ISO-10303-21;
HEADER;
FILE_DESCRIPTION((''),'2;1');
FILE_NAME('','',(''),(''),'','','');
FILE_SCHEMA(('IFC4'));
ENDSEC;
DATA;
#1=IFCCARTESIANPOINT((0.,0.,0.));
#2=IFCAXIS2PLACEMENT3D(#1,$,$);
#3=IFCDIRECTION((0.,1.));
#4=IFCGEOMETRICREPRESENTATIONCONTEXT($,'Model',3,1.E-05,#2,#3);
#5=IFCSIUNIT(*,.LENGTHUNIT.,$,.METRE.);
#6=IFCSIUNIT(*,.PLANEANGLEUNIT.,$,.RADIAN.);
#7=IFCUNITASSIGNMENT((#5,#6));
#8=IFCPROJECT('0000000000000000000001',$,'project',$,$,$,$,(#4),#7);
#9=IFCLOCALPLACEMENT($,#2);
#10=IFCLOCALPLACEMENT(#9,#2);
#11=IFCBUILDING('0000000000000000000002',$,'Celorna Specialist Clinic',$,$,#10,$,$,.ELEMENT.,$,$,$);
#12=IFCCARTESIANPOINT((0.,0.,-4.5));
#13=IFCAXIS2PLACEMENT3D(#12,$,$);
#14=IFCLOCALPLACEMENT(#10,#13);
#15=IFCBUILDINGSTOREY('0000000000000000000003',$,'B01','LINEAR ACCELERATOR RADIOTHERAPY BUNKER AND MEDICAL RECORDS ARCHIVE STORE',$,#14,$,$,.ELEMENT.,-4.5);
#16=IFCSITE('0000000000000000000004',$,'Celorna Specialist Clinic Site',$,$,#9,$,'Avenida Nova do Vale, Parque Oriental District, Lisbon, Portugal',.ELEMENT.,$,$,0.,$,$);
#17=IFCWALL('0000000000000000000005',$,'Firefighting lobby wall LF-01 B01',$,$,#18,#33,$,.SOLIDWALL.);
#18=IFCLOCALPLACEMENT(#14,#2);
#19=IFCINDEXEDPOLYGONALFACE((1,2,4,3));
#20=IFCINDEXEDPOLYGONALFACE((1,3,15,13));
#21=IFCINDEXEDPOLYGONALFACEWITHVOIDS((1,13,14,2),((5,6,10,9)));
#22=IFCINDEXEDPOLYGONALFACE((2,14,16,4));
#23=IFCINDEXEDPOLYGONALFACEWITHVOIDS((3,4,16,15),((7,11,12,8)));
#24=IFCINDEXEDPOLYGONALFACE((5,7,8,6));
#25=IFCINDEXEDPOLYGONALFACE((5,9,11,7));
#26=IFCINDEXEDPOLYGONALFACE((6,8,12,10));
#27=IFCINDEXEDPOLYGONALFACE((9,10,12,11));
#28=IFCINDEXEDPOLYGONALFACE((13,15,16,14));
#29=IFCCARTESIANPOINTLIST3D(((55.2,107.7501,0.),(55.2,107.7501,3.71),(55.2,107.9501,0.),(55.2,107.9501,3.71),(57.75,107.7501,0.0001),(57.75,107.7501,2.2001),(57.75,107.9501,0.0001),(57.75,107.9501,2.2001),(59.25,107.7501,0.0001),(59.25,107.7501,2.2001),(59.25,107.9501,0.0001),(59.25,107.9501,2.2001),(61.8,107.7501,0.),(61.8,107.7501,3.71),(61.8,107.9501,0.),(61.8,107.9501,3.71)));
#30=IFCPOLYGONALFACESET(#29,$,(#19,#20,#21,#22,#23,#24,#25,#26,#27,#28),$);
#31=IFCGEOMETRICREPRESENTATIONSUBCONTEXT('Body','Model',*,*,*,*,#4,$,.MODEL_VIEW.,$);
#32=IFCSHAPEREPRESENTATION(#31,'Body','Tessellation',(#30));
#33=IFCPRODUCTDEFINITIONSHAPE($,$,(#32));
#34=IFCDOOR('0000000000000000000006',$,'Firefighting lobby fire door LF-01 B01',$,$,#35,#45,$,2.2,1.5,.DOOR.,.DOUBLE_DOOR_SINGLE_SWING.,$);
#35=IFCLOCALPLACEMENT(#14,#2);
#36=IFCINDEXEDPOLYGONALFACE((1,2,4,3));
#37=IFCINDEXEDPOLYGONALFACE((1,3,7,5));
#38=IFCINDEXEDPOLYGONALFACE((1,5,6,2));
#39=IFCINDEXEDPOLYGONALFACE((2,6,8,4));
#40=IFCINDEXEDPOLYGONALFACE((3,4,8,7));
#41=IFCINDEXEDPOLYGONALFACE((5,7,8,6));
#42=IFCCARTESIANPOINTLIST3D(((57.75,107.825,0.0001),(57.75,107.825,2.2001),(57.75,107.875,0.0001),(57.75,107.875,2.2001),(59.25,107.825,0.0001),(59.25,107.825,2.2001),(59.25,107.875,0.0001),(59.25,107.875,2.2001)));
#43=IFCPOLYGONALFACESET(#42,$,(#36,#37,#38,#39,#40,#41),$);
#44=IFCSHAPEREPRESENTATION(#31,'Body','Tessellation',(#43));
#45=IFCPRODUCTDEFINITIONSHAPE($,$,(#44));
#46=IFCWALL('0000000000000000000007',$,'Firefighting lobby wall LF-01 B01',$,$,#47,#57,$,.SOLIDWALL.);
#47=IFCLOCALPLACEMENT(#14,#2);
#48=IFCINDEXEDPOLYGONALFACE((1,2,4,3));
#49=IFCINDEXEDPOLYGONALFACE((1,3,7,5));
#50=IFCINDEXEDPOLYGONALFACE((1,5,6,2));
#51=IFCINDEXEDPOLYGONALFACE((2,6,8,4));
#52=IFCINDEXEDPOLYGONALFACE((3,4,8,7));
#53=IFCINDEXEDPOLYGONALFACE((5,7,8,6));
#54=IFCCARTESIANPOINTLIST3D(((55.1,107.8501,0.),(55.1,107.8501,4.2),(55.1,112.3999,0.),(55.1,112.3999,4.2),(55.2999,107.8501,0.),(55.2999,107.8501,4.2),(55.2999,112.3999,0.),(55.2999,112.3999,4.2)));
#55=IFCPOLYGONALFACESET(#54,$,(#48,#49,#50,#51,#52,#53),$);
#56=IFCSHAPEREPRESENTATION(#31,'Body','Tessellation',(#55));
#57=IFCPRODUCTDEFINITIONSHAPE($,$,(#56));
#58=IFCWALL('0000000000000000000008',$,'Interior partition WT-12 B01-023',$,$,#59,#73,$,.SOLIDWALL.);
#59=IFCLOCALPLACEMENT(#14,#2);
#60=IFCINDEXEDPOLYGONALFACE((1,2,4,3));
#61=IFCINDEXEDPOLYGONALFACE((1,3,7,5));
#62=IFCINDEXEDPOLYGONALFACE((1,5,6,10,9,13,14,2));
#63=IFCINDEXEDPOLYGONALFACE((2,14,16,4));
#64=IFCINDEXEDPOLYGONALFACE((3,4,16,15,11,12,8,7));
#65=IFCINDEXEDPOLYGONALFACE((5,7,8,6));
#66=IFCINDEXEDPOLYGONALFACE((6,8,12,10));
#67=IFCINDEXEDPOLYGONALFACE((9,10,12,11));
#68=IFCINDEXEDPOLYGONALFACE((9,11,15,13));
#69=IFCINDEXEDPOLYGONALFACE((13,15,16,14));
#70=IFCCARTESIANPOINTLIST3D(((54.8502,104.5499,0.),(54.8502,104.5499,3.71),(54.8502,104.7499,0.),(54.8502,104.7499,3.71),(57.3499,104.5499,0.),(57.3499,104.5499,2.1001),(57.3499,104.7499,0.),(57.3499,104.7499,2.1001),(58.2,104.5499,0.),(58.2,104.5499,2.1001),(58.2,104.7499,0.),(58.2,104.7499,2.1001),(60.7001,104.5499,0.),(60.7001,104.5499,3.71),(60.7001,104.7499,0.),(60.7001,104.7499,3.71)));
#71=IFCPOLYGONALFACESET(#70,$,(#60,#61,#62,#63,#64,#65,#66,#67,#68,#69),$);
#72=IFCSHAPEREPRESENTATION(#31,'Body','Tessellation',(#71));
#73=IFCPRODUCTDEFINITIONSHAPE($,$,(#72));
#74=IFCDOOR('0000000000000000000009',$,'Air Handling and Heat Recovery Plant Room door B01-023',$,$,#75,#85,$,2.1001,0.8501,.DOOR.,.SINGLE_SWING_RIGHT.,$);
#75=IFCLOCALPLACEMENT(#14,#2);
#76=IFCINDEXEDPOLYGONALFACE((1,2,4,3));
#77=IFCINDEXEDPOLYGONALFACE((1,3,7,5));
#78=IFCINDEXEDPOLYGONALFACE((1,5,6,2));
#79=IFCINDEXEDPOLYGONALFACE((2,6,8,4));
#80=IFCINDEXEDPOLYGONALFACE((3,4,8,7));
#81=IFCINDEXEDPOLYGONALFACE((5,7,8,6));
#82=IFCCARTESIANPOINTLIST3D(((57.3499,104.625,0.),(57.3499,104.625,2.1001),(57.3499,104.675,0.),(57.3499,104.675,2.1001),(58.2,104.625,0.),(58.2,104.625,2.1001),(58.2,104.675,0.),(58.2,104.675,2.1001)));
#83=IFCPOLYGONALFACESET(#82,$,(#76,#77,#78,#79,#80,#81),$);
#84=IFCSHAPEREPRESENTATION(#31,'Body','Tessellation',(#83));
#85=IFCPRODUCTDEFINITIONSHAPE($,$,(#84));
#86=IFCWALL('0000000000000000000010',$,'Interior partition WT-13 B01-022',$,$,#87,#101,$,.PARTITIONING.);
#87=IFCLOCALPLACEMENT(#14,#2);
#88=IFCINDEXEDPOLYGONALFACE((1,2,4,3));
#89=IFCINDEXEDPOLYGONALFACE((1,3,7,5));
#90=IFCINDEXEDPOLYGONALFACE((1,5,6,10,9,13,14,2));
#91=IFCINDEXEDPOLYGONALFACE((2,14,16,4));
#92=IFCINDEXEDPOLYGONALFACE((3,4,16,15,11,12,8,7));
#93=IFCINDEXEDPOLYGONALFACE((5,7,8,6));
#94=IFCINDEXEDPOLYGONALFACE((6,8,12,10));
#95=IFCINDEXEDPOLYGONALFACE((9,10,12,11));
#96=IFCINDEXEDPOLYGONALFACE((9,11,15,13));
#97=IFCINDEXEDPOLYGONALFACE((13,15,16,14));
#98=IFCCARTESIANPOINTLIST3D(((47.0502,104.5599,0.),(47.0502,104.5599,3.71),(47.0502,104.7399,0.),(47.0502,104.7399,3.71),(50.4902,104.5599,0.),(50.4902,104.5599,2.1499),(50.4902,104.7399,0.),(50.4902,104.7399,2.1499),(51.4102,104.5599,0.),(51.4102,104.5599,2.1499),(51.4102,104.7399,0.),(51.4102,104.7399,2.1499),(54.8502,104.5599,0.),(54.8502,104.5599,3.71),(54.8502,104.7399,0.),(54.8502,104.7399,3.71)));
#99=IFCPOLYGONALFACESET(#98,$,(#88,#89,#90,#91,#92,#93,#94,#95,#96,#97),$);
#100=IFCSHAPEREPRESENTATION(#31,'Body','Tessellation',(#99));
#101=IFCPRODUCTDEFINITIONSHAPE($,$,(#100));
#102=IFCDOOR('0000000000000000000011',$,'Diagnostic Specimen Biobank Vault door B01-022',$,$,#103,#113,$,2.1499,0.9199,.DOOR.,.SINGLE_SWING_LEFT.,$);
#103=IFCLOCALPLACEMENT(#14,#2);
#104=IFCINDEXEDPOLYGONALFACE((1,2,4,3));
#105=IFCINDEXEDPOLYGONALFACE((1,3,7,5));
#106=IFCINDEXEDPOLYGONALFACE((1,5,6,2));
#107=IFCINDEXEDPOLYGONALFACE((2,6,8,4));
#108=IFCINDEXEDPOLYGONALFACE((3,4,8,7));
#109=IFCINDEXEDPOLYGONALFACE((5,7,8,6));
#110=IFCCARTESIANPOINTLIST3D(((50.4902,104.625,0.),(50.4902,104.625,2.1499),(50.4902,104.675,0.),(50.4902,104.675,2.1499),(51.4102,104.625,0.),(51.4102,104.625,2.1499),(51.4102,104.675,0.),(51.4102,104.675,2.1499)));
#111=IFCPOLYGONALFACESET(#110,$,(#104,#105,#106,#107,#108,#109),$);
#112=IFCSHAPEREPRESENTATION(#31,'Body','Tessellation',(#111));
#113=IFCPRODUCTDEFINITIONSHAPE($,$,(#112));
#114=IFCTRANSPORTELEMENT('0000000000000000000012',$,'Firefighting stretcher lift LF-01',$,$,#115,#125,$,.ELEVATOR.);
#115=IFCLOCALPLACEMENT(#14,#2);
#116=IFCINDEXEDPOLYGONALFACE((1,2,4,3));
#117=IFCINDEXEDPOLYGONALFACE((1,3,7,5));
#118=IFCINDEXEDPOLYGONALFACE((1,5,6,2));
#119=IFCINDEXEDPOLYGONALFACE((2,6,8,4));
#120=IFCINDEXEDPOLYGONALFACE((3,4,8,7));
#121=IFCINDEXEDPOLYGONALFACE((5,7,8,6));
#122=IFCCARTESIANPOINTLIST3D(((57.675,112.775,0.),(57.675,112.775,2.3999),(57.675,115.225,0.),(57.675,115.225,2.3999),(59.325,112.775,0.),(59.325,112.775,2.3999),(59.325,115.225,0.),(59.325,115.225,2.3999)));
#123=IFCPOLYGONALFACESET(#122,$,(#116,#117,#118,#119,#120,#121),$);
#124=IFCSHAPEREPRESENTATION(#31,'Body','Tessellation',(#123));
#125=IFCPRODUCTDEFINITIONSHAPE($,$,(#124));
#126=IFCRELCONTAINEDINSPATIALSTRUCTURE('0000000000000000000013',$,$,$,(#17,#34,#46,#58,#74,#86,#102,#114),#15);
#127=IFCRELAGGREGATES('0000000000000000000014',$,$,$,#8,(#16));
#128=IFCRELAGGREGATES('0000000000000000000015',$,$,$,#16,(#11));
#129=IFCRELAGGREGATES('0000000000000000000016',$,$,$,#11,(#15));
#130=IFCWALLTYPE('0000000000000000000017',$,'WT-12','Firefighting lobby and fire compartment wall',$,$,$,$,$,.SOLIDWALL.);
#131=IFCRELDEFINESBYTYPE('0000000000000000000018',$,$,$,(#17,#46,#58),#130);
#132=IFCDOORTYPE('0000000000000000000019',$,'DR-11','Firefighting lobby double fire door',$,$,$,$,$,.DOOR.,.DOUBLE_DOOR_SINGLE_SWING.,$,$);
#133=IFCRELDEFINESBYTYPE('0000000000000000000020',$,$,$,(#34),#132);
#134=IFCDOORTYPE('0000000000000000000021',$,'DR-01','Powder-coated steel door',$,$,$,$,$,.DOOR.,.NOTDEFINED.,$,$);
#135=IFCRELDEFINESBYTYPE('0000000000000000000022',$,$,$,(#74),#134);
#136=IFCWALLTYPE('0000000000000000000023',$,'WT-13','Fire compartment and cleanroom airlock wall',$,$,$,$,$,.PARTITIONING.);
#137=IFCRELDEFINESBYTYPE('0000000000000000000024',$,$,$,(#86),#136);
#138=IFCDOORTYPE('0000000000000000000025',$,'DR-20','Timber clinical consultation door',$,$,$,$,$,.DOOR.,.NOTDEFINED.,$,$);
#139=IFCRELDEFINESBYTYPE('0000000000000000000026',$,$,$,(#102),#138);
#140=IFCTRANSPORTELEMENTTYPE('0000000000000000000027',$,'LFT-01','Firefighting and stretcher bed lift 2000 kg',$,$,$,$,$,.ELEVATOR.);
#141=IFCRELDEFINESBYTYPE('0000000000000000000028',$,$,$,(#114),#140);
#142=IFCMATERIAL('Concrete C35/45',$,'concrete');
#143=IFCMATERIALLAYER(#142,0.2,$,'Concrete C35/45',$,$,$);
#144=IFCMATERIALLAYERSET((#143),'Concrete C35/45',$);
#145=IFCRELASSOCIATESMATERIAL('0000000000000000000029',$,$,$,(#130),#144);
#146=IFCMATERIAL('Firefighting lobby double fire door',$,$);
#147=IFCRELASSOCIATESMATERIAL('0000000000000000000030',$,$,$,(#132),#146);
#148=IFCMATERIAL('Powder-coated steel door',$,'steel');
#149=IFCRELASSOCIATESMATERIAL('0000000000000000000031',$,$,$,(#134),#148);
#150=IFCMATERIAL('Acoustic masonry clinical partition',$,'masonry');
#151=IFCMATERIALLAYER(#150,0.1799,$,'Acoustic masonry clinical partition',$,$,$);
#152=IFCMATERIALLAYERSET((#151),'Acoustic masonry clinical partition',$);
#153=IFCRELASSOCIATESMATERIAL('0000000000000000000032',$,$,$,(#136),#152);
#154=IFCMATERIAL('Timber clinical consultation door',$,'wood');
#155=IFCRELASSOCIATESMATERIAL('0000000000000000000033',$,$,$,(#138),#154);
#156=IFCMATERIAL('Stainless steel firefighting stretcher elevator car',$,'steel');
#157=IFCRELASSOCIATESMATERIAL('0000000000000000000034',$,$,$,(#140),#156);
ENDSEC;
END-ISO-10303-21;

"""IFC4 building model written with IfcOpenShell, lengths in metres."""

from ifc_helpers import new_model, si_unit, direction, frame, frame_2d, origin, origin_2d, place, context, subcontext, project, spatial, rectangle, extrude, material, layer, layer_set, type_object, element, fill, save


model = new_model("IFC4")

# Units and contexts
model_context = context("Model", 3, precision=1e-05, world=origin(), true_north=direction((0.0, 1.0)))
body_context = subcontext(model_context, "Body", "Model", "MODEL_VIEW")
ifc_project = project(units=[si_unit("LENGTHUNIT", "METRE"), si_unit("PLANEANGLEUNIT", "RADIAN")], contexts=[model_context])

# Site, building, storey
site_placement = place(None, origin())
site = spatial("IfcSite", under=ifc_project, at=site_placement, Name="Celorna Specialist Clinic Site", LongName="Avenida Nova do Vale, Parque Oriental District, Lisbon, Portugal", CompositionType="ELEMENT", RefElevation=0.0)
building_placement = place(site_placement, origin())
building = spatial("IfcBuilding", under=site, at=building_placement, Name="Celorna Specialist Clinic", CompositionType="ELEMENT")
storey_placement = place(building_placement, frame((0.0, 0.0, -4.5)))
storey = spatial("IfcBuildingStorey", under=building, at=storey_placement, Name="B01", Description="LINEAR ACCELERATOR RADIOTHERAPY BUNKER AND MEDICAL RECORDS ARCHIVE STORE", CompositionType="ELEMENT", Elevation=-4.5)

# Shared definitions
ifc_material_1 = material(Name="Concrete C35/45", Category="concrete")

# Wall, opening, door
ifc_layer_1 = layer(ifc_material_1, 0.2, Name="Concrete C35/45")
ifc_layer_set_1 = layer_set([ifc_layer_1], Name="Concrete C35/45")
wall_type_1 = type_object("IfcWallType", Name="WT-12", Description="Firefighting lobby and fire compartment wall", PredefinedType="SOLIDWALL", material=ifc_layer_set_1)
wall_1_placement = place(storey_placement, frame((55.2, 107.8501, 0.0), z_axis=(0.0, 0.0, 1.0), x_axis=(1.0, 0.0, 0.0)))
wall_1 = element("IfcWall", 1, at=wall_1_placement, inside=storey, type_object=wall_type_1, Name="Firefighting lobby wall LF-01 B01", PredefinedType="SOLIDWALL", context=body_context, shape_type="SweptSolid", body=[
    extrude(rectangle(XDim=6.6001, YDim=0.2, at=frame_2d((3.3, 0.0))), origin(), (0.0, 0.0, 1.0), 3.71),
])
opening_1_placement = place(wall_1_placement, frame((2.55, 0.0, 0.0)))
opening_1 = element("IfcOpeningElement", 2, at=opening_1_placement, cuts=wall_1, PredefinedType="OPENING", context=body_context, shape_type="SweptSolid", body=[
    extrude(rectangle(XDim=1.5, YDim=2.2, at=frame_2d((0.75, 1.1001))), frame((0.0, 0.1099, 0.0), z_axis=(0.0, -1.0, 0.0), x_axis=(1.0, 0.0, 0.0)), (0.0, 0.0, 1.0), 0.22),
])
ifc_material_2 = material(Name="Firefighting lobby double fire door")
door_type_1 = type_object("IfcDoorType", Name="DR-11", Description="Firefighting lobby double fire door", OperationType="DOUBLE_DOOR_SINGLE_SWING", PredefinedType="DOOR", material=ifc_material_2)
door_1_placement = place(opening_1_placement, origin())
door_1 = element("IfcDoor", 3, at=door_1_placement, inside=storey, type_object=door_type_1, Name="Firefighting lobby fire door LF-01 B01", OperationType="DOUBLE_DOOR_SINGLE_SWING", OverallHeight=2.2, OverallWidth=1.5, PredefinedType="DOOR", context=body_context, shape_type="SweptSolid", body=[
    extrude(rectangle(XDim=1.5, YDim=2.2, at=frame_2d((0.75, 1.1001))), frame((0.0, 0.0249, 0.0), z_axis=(0.0, -1.0, 0.0), x_axis=(1.0, 0.0, 0.0)), (0.0, 0.0, 1.0), 0.05),
])
fill(opening_1, door_1)

# Wall
wall_2_placement = place(storey_placement, frame((55.2, 112.3999, 0.0), z_axis=(0.0, 0.0, 1.0), x_axis=(0.0, -1.0, 0.0)))
element("IfcWall", 4, at=wall_2_placement, inside=storey, type_object=wall_type_1, Name="Firefighting lobby wall LF-01 B01", PredefinedType="SOLIDWALL", context=body_context, shape_type="SweptSolid", body=[
    extrude(rectangle(XDim=4.5498, YDim=0.2, at=frame_2d((2.2749, 0.0))), origin(), (0.0, 0.0, 1.0), 4.2),
])

# Walls, openings, doors
wall_3_placement = place(storey_placement, frame((60.7, 104.6499, 0.0), z_axis=(0.0, 0.0, 1.0), x_axis=(-1.0, 0.0, 0.0)))
wall_3 = element("IfcWall", 5, at=wall_3_placement, inside=storey, type_object=wall_type_1, Name="Interior partition WT-12 B01-023", PredefinedType="SOLIDWALL", context=body_context, shape_type="SweptSolid", body=[
    extrude(rectangle(XDim=5.8499, YDim=0.2, at=frame_2d((2.9248, 0.0))), origin(), (0.0, 0.0, 1.0), 3.71),
])
opening_2_placement = place(wall_3_placement, frame((2.5, 0.0, 0.0)))
opening_2 = element("IfcOpeningElement", 6, at=opening_2_placement, cuts=wall_3, PredefinedType="OPENING", context=body_context, shape_type="SweptSolid", body=[
    extrude(rectangle(XDim=0.8501, YDim=2.1001, at=frame_2d((0.425, 1.05))), frame((0.0, 0.1099, 0.0), z_axis=(0.0, -1.0, 0.0), x_axis=(1.0, 0.0, 0.0)), (0.0, 0.0, 1.0), 0.22),
])
ifc_material_3 = material(Name="Powder-coated steel door", Category="steel")
door_type_2 = type_object("IfcDoorType", Name="DR-01", Description="Powder-coated steel door", OperationType="NOTDEFINED", PredefinedType="DOOR", material=ifc_material_3)
door_2_placement = place(opening_2_placement, origin())
door_2 = element("IfcDoor", 7, at=door_2_placement, inside=storey, type_object=door_type_2, Name="Air Handling and Heat Recovery Plant Room door B01-023", OperationType="SINGLE_SWING_RIGHT", OverallHeight=2.1001, OverallWidth=0.8501, PredefinedType="DOOR", context=body_context, shape_type="SweptSolid", body=[
    extrude(rectangle(XDim=0.8501, YDim=2.1001, at=frame_2d((0.425, 1.05))), frame((0.0, 0.0249, 0.0), z_axis=(0.0, -1.0, 0.0), x_axis=(1.0, 0.0, 0.0)), (0.0, 0.0, 1.0), 0.05),
])
fill(opening_2, door_2)
ifc_material_4 = material(Name="Acoustic masonry clinical partition", Category="masonry")
ifc_layer_2 = layer(ifc_material_4, 0.1799, Name="Acoustic masonry clinical partition")
ifc_layer_set_2 = layer_set([ifc_layer_2], Name="Acoustic masonry clinical partition")
wall_type_2 = type_object("IfcWallType", Name="WT-13", Description="Fire compartment and cleanroom airlock wall", PredefinedType="PARTITIONING", material=ifc_layer_set_2)
wall_4_placement = place(storey_placement, frame((54.8501, 104.6499, 0.0), z_axis=(0.0, 0.0, 1.0), x_axis=(-1.0, 0.0, 0.0)))
wall_4 = element("IfcWall", 8, at=wall_4_placement, inside=storey, type_object=wall_type_2, Name="Interior partition WT-13 B01-022", PredefinedType="PARTITIONING", context=body_context, shape_type="SweptSolid", body=[
    extrude(rectangle(XDim=7.8, YDim=0.1799, at=frame_2d((3.8999, 0.0))), origin(), (0.0, 0.0, 1.0), 3.71),
])
opening_3_placement = place(wall_4_placement, frame((3.4399, 0.0, 0.0)))
opening_3 = element("IfcOpeningElement", 9, at=opening_3_placement, cuts=wall_4, PredefinedType="OPENING", context=body_context, shape_type="SweptSolid", body=[
    extrude(rectangle(XDim=0.9199, YDim=2.1499, at=frame_2d((0.46, 1.075))), frame((0.0, 0.0999, 0.0), z_axis=(0.0, -1.0, 0.0), x_axis=(1.0, 0.0, 0.0)), (0.0, 0.0, 1.0), 0.2),
])
ifc_material_5 = material(Name="Timber clinical consultation door", Category="wood")
door_type_3 = type_object("IfcDoorType", Name="DR-20", Description="Timber clinical consultation door", OperationType="NOTDEFINED", PredefinedType="DOOR", material=ifc_material_5)
door_3_placement = place(opening_3_placement, origin())
door_3 = element("IfcDoor", 10, at=door_3_placement, inside=storey, type_object=door_type_3, Name="Diagnostic Specimen Biobank Vault door B01-022", OperationType="SINGLE_SWING_LEFT", OverallHeight=2.1499, OverallWidth=0.9199, PredefinedType="DOOR", context=body_context, shape_type="SweptSolid", body=[
    extrude(rectangle(XDim=0.9199, YDim=2.1499, at=frame_2d((0.46, 1.075))), frame((0.0, 0.0249, 0.0), z_axis=(0.0, -1.0, 0.0), x_axis=(1.0, 0.0, 0.0)), (0.0, 0.0, 1.0), 0.05),
])
fill(opening_3, door_3)

# Transport element
ifc_material_6 = material(Name="Stainless steel firefighting stretcher elevator car", Category="steel")
transport_element_type = type_object("IfcTransportElementType", Name="LFT-01", Description="Firefighting and stretcher bed lift 2000 kg", PredefinedType="ELEVATOR", material=ifc_material_6)
transport_element_placement = place(storey_placement, frame((58.5, 114.0, 0.0), z_axis=(0.0, 0.0, 1.0), x_axis=(1.0, 0.0, 0.0)))
element("IfcTransportElement", 11, at=transport_element_placement, inside=storey, type_object=transport_element_type, Name="Firefighting stretcher lift LF-01", PredefinedType="ELEVATOR", context=body_context, shape_type="SweptSolid", body=[
    extrude(rectangle(XDim=1.6499, YDim=2.45, at=origin_2d()), origin(), (0.0, 0.0, 1.0), 2.3999),
])

save(model, "model.ifc")
